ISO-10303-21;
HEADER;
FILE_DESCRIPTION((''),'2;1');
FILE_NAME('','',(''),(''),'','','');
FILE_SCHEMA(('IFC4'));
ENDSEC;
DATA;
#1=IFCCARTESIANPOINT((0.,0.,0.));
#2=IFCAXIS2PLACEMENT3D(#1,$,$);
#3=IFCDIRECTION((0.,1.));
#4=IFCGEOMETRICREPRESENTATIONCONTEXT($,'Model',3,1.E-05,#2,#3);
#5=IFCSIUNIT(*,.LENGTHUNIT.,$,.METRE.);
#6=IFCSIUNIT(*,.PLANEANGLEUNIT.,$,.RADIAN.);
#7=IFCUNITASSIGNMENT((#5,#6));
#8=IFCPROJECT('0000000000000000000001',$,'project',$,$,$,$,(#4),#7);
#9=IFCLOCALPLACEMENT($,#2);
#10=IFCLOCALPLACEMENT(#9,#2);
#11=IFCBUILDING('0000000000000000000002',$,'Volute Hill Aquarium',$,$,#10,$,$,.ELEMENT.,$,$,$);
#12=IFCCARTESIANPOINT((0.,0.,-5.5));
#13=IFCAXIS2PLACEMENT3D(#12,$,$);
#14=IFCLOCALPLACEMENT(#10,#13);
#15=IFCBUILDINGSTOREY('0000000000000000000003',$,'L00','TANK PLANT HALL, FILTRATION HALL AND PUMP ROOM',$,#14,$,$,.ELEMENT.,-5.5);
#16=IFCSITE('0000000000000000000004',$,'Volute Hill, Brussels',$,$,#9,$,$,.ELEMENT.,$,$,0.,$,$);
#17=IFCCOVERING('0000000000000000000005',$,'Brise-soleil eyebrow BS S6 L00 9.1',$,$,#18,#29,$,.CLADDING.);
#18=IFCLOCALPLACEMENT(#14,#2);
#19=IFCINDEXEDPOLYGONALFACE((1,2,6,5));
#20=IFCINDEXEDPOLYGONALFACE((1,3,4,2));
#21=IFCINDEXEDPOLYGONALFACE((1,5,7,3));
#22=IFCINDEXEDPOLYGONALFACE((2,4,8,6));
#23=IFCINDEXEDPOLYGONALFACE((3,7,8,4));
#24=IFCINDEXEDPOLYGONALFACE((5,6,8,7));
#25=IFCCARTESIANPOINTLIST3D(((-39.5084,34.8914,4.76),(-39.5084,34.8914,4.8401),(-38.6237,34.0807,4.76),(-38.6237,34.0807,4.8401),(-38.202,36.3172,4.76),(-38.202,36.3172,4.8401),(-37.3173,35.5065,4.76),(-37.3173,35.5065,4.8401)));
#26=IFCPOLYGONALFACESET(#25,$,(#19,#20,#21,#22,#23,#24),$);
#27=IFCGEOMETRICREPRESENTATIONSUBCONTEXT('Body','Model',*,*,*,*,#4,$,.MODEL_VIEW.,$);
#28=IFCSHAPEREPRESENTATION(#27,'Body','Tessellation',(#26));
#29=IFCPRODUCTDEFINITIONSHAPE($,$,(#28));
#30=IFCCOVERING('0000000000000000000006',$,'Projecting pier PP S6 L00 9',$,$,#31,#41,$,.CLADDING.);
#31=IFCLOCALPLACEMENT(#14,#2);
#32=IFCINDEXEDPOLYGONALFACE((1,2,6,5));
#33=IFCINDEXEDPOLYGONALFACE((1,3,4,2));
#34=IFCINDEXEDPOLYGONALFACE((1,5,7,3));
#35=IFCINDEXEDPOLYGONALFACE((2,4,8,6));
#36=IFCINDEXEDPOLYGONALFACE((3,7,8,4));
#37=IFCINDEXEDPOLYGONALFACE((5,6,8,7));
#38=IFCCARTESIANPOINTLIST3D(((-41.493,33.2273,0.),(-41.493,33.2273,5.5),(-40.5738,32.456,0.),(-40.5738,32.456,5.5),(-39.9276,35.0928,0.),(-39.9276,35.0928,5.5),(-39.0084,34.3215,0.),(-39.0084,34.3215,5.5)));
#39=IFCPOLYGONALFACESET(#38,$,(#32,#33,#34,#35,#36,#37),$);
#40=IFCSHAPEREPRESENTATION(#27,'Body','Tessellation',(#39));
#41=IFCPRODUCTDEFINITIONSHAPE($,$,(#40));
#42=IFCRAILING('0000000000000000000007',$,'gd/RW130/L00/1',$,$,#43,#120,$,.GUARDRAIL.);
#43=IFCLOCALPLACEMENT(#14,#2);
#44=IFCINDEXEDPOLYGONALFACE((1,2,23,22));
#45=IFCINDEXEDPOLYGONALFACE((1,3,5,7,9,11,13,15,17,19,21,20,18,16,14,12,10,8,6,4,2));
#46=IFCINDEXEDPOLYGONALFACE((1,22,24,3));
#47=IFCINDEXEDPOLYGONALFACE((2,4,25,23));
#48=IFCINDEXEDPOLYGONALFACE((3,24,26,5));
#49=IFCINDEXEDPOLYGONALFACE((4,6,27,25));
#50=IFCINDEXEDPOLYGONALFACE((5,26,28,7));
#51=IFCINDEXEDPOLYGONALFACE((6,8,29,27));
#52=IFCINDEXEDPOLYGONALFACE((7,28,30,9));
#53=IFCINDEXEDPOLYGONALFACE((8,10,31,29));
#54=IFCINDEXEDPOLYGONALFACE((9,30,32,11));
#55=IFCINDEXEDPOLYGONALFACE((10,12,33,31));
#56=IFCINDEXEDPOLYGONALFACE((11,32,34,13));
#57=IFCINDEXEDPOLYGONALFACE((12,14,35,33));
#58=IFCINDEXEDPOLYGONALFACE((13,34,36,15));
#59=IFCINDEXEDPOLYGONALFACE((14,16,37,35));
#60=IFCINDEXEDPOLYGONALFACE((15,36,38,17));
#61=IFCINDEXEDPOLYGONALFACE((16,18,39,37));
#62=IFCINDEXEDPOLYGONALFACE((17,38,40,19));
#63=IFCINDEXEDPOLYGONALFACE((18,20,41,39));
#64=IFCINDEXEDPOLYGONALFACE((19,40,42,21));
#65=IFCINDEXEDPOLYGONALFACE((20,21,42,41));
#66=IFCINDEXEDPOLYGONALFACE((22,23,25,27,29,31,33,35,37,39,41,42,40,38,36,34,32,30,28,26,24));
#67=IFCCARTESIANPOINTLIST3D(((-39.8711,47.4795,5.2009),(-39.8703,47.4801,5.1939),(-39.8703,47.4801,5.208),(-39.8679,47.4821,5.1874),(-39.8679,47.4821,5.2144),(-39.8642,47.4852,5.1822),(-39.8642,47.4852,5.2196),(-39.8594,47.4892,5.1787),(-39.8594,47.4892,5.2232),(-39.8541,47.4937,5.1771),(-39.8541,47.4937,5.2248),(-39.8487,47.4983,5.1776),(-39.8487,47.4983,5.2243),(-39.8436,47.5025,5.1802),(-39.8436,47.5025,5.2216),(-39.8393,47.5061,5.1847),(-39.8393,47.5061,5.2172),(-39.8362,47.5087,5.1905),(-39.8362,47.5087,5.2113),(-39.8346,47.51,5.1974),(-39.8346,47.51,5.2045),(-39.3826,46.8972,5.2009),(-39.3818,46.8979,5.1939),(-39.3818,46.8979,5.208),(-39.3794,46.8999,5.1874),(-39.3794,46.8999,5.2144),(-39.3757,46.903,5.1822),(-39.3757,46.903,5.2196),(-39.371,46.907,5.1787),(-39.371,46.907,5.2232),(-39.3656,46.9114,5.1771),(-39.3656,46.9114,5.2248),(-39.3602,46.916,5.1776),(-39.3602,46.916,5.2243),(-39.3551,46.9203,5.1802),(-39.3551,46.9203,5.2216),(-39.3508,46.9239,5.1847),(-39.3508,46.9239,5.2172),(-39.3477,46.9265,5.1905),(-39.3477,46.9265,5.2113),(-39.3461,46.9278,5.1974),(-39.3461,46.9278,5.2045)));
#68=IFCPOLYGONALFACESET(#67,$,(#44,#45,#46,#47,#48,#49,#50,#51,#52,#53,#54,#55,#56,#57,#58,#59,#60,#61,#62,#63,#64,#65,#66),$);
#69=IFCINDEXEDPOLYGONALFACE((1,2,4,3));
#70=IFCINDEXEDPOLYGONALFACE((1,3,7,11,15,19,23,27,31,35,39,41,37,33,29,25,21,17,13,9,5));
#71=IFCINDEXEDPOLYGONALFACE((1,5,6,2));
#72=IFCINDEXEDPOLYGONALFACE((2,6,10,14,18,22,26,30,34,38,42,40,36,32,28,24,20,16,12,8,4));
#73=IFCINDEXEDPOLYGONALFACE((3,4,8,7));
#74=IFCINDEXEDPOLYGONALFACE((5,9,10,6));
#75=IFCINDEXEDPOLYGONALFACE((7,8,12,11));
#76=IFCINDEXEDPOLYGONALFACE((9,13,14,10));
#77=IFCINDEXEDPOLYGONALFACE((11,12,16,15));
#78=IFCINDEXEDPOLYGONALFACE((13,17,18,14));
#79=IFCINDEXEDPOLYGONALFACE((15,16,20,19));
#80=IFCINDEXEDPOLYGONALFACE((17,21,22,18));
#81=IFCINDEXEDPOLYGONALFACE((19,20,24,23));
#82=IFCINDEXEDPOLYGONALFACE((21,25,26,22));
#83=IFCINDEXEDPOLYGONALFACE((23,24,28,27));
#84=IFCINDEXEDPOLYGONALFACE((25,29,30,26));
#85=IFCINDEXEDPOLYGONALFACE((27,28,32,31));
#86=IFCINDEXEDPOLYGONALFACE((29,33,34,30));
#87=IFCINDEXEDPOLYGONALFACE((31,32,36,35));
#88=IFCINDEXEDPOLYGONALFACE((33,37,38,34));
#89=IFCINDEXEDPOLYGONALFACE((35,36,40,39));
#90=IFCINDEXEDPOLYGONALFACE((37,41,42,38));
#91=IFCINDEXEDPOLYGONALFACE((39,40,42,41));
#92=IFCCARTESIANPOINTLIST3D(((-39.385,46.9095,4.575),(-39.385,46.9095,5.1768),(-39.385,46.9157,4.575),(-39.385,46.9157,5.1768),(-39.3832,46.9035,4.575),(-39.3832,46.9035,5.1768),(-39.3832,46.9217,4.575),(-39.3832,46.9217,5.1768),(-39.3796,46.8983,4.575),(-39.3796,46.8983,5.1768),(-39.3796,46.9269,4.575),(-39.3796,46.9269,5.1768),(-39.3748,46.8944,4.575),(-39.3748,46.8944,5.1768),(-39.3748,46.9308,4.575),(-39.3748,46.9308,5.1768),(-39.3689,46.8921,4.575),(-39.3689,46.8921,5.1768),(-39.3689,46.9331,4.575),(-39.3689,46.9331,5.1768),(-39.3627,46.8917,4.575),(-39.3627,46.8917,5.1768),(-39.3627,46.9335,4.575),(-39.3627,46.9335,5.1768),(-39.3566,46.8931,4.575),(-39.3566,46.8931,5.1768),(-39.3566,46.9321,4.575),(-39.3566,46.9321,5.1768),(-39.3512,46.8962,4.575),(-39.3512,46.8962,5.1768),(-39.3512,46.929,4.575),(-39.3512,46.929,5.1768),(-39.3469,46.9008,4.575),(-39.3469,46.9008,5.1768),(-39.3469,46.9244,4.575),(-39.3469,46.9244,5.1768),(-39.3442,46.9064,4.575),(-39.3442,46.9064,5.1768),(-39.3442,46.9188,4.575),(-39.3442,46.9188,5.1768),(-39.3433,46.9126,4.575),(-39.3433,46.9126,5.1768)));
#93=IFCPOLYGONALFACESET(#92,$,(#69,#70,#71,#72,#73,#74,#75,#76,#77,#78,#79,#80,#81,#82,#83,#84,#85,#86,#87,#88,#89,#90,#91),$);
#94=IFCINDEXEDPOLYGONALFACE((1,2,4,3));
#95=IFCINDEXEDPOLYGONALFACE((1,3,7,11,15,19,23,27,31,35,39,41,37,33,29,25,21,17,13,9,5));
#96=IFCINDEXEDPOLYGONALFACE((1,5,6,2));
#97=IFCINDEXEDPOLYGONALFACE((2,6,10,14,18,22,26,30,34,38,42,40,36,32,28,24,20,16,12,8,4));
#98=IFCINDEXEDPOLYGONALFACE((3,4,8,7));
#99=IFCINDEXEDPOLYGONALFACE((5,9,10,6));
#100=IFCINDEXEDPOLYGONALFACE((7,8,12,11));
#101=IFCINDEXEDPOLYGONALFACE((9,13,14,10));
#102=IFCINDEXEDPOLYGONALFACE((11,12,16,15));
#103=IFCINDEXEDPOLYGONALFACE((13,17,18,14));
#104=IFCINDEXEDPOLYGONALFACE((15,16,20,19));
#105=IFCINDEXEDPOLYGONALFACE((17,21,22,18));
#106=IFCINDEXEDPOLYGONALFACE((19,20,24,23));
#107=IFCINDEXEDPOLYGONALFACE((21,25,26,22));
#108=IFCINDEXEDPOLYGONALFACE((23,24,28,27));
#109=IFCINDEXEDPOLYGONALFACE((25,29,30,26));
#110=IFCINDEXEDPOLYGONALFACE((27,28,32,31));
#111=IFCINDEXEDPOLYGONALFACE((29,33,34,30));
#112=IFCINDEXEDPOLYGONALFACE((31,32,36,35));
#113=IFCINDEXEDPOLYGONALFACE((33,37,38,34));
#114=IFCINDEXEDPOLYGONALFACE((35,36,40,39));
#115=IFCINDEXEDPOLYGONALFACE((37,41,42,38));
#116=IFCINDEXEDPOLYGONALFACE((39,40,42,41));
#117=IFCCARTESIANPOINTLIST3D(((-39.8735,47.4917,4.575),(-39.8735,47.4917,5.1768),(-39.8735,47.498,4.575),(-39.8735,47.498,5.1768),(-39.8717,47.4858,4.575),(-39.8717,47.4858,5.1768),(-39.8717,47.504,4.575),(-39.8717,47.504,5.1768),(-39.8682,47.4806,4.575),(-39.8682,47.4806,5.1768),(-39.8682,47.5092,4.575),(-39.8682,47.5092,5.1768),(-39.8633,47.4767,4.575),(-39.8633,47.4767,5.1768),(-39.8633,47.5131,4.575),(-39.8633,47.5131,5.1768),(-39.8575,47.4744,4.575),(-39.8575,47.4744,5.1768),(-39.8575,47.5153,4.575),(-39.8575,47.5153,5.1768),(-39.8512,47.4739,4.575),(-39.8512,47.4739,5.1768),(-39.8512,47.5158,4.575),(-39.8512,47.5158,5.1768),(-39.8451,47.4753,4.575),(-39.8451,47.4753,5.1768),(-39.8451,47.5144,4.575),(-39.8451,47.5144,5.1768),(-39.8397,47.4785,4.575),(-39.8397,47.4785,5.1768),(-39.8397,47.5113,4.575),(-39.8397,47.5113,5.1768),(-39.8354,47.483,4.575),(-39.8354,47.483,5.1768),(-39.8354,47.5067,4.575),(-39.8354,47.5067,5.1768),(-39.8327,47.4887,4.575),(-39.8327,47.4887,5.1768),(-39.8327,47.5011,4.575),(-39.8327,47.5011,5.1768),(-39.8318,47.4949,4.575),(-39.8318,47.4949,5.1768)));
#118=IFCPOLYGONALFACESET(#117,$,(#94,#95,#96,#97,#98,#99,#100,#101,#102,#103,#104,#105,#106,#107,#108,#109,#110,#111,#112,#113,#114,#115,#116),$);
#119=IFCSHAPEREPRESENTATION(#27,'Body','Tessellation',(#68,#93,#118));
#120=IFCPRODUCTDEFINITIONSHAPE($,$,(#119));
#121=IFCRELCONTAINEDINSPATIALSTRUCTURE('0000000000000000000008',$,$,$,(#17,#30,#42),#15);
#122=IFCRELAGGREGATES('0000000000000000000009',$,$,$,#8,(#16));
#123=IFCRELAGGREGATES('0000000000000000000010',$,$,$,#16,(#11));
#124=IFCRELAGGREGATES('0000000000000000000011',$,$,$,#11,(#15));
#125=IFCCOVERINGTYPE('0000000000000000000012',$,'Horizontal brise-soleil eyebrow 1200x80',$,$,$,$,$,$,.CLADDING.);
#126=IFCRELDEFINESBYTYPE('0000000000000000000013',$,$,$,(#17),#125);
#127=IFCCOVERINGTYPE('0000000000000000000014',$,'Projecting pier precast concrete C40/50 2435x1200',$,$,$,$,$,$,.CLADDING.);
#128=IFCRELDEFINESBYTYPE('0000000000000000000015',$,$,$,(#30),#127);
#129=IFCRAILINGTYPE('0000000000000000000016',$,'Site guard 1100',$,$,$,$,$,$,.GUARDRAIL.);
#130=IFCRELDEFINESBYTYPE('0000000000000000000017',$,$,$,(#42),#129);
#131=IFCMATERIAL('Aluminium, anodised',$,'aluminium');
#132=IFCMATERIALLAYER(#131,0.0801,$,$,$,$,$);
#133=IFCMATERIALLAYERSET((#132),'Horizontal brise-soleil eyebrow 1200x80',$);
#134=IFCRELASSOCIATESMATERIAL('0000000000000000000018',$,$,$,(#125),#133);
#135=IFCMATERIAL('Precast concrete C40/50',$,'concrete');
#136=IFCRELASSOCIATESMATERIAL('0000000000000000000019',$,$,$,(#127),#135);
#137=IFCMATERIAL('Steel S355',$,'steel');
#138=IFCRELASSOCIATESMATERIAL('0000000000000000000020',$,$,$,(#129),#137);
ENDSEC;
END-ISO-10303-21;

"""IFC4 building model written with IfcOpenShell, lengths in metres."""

from ifc_helpers import new_model, si_unit, direction, frame, origin, origin_2d, place, context, subcontext, project, spatial, rectangle, circle, extrude, material, layer, layer_set, type_object, element, save


model = new_model("IFC4")

# Units and contexts
model_context = context("Model", 3, precision=1e-05, world=origin(), true_north=direction((0.0, 1.0)))
body_context = subcontext(model_context, "Body", "Model", "MODEL_VIEW")
ifc_project = project(units=[si_unit("LENGTHUNIT", "METRE"), si_unit("PLANEANGLEUNIT", "RADIAN")], contexts=[model_context])

# Site, building, storey
site_placement = place(None, origin())
site = spatial("IfcSite", under=ifc_project, at=site_placement, Name="Volute Hill, Brussels", CompositionType="ELEMENT", RefElevation=0.0)
building_placement = place(site_placement, origin())
building = spatial("IfcBuilding", under=site, at=building_placement, Name="Volute Hill Aquarium", CompositionType="ELEMENT")
storey_placement = place(building_placement, frame((0.0, 0.0, -5.5)))
storey = spatial("IfcBuildingStorey", under=building, at=storey_placement, Name="L00", Description="TANK PLANT HALL, FILTRATION HALL AND PUMP ROOM", CompositionType="ELEMENT", Elevation=-5.5)

# Coverings
ifc_material_1 = material(Name="Aluminium, anodised", Category="aluminium")
ifc_layer_1 = layer(ifc_material_1, 0.0801)
ifc_layer_set_1 = layer_set([ifc_layer_1], Name="Horizontal brise-soleil eyebrow 1200x80")
covering_type_1 = type_object("IfcCoveringType", Name="Horizontal brise-soleil eyebrow 1200x80", PredefinedType="CLADDING", material=ifc_layer_set_1)
covering_1_placement = place(storey_placement, frame((-38.4128, 35.199, 4.76), z_axis=(0.0, 0.0, 1.0), x_axis=(-0.675581, -0.737286, 0.0)))
element("IfcCovering", 1, at=covering_1_placement, inside=storey, type_object=covering_type_1, Name="Brise-soleil eyebrow BS S6 L00 9.1", PredefinedType="CLADDING", context=body_context, shape_type="SweptSolid", body=[
    extrude(rectangle(XDim=1.9338, YDim=1.2, at=origin_2d()), origin(), (0.0, 0.0, 1.0), 0.0801),
])
ifc_material_2 = material(Name="Precast concrete C40/50", Category="concrete")
covering_type_2 = type_object("IfcCoveringType", Name="Projecting pier precast concrete C40/50 2435x1200", PredefinedType="CLADDING", material=ifc_material_2)
covering_2_placement = place(storey_placement, frame((-40.2507, 33.7744, 0.0), z_axis=(0.0, 0.0, 1.0), x_axis=(-0.642788, -0.766044, 0.0)))
element("IfcCovering", 2, at=covering_2_placement, inside=storey, type_object=covering_type_2, Name="Projecting pier PP S6 L00 9", PredefinedType="CLADDING", context=body_context, shape_type="SweptSolid", body=[
    extrude(rectangle(XDim=2.4353, YDim=1.2, at=origin_2d()), origin(), (0.0, 0.0, 1.0), 5.5),
])

# Railing
ifc_material_3 = material(Name="Steel S355", Category="steel")
railing_type = type_object("IfcRailingType", Name="Site guard 1100", PredefinedType="GUARDRAIL", material=ifc_material_3)
railing_1_placement = place(storey_placement, frame((-39.3643, 46.9126, 4.575)))
element("IfcRailing", 3, at=railing_1_placement, inside=storey, type_object=railing_type, Name="gd/RW130/L00/1", PredefinedType="GUARDRAIL", context=body_context, shape_type="SweptSolid", body=[
    extrude(circle(Radius=0.0239, at=origin_2d()), frame((0.0, 0.0, 0.626), z_axis=(-0.64274, 0.766084, 0.0), x_axis=(-0.766084, -0.64274, 0.0)), (0.0, 0.0, 1.0), 0.76),
    extrude(circle(Radius=0.021, at=origin_2d()), origin(), (0.0, 0.0, 1.0), 0.6018),
    extrude(circle(Radius=0.021, at=origin_2d()), frame((-0.4885, 0.5823, 0.0)), (0.0, 0.0, 1.0), 0.6018),
])

save(model, "model.ifc")
